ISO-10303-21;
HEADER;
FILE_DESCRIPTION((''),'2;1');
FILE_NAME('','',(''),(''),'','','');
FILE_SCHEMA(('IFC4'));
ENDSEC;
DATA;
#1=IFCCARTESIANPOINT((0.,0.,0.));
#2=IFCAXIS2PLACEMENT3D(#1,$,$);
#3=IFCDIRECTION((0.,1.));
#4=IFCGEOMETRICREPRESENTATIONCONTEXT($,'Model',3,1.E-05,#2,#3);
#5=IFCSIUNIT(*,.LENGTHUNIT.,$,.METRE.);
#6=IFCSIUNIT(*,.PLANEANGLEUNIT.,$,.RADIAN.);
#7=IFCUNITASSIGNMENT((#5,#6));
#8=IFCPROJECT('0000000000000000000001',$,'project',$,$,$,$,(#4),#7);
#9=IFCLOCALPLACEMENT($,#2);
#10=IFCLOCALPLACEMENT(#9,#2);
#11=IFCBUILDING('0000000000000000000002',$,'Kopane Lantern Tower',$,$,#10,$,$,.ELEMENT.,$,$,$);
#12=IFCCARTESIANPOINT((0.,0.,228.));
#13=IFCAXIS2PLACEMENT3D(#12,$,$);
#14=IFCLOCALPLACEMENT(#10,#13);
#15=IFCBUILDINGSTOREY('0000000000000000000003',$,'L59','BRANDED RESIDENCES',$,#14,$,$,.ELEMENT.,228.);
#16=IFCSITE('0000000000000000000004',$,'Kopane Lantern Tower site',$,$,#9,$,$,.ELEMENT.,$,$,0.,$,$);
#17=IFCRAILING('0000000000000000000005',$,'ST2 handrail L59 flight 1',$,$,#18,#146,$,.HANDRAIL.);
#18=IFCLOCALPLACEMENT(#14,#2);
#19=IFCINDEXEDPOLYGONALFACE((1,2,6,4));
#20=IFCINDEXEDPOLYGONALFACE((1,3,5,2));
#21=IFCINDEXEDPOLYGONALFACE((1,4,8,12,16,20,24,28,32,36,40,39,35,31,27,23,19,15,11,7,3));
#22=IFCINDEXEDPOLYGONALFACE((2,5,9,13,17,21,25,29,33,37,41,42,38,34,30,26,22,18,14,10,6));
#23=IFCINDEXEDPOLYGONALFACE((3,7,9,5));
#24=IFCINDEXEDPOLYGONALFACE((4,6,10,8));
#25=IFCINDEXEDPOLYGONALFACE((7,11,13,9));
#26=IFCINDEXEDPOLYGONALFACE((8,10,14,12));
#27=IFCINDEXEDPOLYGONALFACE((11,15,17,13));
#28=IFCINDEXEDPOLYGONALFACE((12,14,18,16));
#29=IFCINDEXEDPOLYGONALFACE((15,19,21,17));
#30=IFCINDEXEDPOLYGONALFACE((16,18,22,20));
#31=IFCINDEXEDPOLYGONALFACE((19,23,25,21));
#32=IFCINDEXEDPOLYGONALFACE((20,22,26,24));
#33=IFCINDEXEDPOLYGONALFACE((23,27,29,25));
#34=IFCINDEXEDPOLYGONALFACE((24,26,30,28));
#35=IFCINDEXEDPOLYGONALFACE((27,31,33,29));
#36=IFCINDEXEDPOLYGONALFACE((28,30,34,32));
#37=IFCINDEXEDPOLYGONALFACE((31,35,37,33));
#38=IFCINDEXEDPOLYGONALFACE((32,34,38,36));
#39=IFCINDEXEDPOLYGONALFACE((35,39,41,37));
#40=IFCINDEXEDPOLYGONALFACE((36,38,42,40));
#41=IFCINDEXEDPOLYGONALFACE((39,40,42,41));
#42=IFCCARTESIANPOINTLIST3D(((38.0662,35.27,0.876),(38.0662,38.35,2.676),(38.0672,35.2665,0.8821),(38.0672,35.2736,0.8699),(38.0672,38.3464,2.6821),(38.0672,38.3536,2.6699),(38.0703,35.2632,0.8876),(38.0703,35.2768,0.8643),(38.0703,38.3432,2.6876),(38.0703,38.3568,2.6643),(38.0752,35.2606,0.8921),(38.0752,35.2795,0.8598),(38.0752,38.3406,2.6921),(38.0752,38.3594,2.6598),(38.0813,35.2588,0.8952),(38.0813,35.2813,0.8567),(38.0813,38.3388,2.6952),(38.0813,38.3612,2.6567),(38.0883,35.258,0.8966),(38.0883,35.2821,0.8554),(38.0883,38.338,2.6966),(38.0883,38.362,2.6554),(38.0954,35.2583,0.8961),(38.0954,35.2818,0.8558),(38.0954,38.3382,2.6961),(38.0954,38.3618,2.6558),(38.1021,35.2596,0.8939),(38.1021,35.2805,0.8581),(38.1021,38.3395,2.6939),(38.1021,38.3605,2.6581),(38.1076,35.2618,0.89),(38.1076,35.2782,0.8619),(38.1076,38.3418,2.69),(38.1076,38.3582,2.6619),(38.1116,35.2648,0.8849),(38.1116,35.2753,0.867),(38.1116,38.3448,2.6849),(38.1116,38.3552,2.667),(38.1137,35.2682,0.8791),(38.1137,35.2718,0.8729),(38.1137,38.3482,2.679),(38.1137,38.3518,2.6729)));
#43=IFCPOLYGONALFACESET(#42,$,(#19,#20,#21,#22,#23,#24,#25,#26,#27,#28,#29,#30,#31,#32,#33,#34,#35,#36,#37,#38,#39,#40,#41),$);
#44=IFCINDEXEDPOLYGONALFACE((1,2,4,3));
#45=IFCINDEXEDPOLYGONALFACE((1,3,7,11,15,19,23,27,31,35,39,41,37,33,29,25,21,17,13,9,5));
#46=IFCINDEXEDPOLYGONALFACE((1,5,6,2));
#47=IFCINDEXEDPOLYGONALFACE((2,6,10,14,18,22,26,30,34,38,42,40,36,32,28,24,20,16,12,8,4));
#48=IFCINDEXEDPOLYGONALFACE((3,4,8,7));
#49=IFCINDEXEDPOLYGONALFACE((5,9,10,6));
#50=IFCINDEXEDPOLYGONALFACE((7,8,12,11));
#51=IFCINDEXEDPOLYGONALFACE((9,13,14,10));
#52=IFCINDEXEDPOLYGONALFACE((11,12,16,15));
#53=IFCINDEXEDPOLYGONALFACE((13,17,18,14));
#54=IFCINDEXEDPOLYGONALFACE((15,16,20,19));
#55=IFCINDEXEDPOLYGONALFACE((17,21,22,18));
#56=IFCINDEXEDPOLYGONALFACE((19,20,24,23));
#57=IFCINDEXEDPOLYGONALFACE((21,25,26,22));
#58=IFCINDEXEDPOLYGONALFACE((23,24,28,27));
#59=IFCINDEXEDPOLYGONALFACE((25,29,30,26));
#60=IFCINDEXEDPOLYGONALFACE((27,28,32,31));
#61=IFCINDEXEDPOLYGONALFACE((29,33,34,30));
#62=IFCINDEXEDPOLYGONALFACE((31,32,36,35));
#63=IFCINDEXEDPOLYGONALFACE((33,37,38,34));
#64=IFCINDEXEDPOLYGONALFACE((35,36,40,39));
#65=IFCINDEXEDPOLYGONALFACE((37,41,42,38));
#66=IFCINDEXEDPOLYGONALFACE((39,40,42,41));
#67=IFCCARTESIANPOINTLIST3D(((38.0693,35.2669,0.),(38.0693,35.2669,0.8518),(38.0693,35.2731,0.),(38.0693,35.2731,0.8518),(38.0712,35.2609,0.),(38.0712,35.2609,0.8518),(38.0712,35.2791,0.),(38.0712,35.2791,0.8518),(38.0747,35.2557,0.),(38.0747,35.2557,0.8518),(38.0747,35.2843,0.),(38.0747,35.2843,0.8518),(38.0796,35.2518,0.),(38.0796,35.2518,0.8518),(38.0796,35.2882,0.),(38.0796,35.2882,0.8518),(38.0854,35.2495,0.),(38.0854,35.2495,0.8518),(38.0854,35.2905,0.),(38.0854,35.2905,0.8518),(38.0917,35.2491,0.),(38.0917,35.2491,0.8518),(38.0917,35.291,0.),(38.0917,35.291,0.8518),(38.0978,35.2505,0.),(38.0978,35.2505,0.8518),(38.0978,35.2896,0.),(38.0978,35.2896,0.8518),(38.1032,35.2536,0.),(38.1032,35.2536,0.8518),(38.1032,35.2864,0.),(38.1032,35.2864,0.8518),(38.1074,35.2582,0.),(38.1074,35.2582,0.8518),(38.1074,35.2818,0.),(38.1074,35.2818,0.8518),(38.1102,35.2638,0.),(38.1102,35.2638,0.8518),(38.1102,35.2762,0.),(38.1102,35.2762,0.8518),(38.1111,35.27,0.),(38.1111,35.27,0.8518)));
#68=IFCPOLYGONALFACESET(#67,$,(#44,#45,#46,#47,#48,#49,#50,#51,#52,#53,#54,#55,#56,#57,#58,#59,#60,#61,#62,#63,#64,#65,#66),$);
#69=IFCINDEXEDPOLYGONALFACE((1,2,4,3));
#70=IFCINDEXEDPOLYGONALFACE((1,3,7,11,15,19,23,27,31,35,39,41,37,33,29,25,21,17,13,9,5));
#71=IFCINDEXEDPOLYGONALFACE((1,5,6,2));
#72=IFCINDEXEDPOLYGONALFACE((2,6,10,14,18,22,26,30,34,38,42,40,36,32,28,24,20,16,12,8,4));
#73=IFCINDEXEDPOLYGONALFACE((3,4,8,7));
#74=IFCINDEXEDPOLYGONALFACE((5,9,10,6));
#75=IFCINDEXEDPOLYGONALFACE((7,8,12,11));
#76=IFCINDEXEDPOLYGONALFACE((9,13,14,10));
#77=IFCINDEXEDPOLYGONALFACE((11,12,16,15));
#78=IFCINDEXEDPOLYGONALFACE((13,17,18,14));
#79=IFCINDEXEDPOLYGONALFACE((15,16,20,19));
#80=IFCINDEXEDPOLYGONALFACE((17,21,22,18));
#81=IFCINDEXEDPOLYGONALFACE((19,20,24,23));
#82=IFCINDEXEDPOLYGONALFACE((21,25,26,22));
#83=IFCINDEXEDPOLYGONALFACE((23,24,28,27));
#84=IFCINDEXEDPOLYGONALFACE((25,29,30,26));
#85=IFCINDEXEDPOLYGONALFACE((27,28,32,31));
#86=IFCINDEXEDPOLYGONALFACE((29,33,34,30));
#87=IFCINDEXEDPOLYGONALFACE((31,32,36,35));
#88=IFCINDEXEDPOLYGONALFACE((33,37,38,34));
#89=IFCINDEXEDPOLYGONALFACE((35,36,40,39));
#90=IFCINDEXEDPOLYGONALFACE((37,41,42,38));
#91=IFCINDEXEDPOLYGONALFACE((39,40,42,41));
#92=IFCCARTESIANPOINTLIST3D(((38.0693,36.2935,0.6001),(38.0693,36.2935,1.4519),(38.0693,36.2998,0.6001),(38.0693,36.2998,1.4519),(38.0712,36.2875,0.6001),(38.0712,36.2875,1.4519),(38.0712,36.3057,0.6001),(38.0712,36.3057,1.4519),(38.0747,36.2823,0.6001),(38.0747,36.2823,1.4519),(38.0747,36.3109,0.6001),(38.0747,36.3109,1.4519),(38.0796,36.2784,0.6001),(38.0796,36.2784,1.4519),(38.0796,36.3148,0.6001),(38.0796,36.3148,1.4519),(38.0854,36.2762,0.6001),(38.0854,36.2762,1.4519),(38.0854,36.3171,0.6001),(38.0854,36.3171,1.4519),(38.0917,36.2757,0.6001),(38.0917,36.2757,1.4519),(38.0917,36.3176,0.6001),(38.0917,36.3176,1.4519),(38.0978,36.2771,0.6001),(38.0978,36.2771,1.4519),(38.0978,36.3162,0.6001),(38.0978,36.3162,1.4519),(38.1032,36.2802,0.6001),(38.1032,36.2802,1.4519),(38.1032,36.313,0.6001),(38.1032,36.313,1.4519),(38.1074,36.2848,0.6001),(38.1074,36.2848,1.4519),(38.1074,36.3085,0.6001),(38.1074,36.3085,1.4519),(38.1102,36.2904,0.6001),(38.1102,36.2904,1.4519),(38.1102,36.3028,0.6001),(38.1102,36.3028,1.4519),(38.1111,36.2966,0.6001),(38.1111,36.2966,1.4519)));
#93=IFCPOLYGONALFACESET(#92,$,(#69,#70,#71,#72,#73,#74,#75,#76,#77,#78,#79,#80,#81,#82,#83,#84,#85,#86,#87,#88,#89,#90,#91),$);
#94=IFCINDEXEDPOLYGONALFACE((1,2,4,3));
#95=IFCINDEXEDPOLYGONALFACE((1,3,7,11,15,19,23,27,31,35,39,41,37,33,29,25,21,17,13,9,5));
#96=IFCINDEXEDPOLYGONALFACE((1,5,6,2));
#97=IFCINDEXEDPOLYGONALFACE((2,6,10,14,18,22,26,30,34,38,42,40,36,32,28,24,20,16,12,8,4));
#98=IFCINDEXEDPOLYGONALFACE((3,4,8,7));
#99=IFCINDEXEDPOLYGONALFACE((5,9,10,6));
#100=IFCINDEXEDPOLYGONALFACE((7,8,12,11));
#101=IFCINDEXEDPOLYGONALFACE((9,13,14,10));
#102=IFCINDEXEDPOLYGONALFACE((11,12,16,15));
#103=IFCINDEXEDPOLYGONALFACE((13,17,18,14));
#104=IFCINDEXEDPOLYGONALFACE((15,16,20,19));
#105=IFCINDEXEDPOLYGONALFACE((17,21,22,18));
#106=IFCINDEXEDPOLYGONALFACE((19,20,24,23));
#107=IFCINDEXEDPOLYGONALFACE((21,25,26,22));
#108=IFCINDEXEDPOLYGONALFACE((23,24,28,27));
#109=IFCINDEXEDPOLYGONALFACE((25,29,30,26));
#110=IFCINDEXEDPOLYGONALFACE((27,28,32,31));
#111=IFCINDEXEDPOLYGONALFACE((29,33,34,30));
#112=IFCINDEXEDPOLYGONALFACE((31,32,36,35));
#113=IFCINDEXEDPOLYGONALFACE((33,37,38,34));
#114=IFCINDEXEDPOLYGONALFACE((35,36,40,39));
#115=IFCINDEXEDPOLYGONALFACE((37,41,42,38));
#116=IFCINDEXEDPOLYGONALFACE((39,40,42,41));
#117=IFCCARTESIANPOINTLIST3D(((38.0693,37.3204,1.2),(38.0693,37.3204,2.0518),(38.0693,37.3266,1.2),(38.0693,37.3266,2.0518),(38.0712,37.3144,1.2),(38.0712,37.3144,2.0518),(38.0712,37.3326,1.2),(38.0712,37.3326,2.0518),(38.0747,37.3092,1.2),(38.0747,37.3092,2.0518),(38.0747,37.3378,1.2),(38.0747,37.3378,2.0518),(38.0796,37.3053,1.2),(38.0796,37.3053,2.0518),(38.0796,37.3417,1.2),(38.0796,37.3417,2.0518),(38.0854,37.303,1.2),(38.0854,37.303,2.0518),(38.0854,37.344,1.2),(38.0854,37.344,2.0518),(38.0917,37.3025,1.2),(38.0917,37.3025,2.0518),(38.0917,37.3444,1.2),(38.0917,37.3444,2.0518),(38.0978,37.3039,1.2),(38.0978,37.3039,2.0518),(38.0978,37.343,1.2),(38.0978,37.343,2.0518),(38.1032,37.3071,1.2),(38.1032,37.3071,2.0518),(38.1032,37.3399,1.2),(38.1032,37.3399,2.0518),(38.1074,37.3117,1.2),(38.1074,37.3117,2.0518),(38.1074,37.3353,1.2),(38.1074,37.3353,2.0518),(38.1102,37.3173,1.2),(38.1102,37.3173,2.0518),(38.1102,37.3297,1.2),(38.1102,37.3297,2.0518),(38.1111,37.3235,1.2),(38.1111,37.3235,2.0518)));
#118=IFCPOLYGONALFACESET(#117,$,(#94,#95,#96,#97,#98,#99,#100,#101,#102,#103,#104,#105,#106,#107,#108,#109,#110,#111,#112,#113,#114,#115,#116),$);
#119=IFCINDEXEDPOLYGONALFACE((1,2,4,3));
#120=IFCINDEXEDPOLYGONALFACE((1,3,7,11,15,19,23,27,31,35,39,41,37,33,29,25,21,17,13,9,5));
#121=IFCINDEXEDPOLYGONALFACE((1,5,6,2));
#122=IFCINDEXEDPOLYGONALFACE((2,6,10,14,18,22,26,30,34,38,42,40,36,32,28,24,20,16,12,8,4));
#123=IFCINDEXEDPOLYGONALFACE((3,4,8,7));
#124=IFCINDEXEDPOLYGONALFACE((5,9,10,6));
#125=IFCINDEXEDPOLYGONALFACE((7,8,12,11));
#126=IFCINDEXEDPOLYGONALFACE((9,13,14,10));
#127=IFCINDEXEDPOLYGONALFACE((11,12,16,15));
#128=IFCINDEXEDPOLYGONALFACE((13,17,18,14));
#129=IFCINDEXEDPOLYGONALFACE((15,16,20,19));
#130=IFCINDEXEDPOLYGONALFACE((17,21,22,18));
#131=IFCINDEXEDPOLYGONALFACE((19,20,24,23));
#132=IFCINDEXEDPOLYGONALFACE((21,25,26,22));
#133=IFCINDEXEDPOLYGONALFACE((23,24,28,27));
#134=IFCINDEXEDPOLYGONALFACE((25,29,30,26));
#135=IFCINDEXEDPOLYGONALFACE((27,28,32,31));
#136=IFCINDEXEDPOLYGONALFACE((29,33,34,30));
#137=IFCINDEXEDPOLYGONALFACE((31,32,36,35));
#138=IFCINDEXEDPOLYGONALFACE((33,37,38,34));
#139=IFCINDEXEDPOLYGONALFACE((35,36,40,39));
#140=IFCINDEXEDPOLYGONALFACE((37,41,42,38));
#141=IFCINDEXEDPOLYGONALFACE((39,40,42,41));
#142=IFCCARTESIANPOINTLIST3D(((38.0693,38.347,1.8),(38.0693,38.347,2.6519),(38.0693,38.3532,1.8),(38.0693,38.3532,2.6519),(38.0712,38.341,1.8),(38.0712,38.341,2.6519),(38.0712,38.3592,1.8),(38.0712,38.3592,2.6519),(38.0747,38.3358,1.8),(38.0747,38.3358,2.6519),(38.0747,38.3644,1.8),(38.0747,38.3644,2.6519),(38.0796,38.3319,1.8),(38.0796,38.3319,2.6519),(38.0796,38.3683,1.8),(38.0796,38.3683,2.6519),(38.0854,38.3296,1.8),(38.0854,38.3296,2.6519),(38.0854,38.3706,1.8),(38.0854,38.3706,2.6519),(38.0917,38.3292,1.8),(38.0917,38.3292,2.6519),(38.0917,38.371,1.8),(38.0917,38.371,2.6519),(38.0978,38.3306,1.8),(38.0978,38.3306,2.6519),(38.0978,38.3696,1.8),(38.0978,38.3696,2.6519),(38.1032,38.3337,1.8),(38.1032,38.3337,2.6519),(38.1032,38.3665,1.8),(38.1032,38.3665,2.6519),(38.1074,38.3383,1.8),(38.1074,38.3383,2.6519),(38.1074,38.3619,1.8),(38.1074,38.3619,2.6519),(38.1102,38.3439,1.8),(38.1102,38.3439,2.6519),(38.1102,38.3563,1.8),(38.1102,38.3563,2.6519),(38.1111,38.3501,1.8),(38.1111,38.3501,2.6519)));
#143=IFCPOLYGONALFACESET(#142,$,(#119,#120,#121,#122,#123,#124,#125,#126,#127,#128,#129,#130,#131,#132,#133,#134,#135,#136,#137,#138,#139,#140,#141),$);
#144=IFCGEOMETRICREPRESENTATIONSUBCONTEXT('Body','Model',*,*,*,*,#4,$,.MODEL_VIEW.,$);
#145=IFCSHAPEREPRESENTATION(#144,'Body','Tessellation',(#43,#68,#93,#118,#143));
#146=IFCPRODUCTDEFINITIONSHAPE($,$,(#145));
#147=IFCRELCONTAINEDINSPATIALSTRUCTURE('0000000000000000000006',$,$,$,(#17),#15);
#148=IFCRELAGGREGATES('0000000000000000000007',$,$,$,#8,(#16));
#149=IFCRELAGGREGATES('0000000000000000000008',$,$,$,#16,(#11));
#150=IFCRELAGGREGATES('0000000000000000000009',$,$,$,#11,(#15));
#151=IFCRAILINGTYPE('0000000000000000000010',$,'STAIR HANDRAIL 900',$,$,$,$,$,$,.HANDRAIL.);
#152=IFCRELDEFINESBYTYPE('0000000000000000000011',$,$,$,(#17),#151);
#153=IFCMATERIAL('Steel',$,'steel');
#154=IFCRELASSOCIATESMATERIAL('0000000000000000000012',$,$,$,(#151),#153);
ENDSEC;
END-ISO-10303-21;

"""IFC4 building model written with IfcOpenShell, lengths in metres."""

from ifc_helpers import new_model, si_unit, direction, frame, origin, origin_2d, place, context, subcontext, project, spatial, circle, extrude, material, type_object, element, save


model = new_model("IFC4")

# Units and contexts
model_context = context("Model", 3, precision=1e-05, world=origin(), true_north=direction((0.0, 1.0)))
body_context = subcontext(model_context, "Body", "Model", "MODEL_VIEW")
ifc_project = project(units=[si_unit("LENGTHUNIT", "METRE"), si_unit("PLANEANGLEUNIT", "RADIAN")], contexts=[model_context])

# Site, building, storey
site_placement = place(None, origin())
site = spatial("IfcSite", under=ifc_project, at=site_placement, Name="Kopane Lantern Tower site", CompositionType="ELEMENT", RefElevation=0.0)
building_placement = place(site_placement, origin())
building = spatial("IfcBuilding", under=site, at=building_placement, Name="Kopane Lantern Tower", CompositionType="ELEMENT")
storey_placement = place(building_placement, frame((0.0, 0.0, 228.0)))
storey = spatial("IfcBuildingStorey", under=building, at=storey_placement, Name="L59", Description="BRANDED RESIDENCES", CompositionType="ELEMENT", Elevation=228.0)

# Railing
ifc_material_1 = material(Name="Steel", Category="steel")
railing_type_1 = type_object("IfcRailingType", Name="STAIR HANDRAIL 900", PredefinedType="HANDRAIL", material=ifc_material_1)
for number, where, name in (
    (1, (38.0901, 35.27, 0.0), "ST2 handrail L59 flight 1"),
):
    element("IfcRailing", number, at=place(storey_placement, frame(where)), inside=storey, type_object=railing_type_1, Name=name, PredefinedType="HANDRAIL", context=body_context, shape_type="SweptSolid", body=[
        extrude(circle(Radius=0.0239, at=origin_2d()), frame((0.0, 0.0, 0.876), z_axis=(0.0, 0.863372, 0.504569), x_axis=(-1.0, 0.0, 0.0)), (0.0, 0.0, 1.0), 3.5674),
        extrude(circle(Radius=0.021, at=origin_2d()), origin(), (0.0, 0.0, 1.0), 0.8518),
        extrude(circle(Radius=0.021, at=origin_2d()), frame((0.0, 1.0266, 0.6001)), (0.0, 0.0, 1.0), 0.8518),
        extrude(circle(Radius=0.021, at=origin_2d()), frame((0.0, 2.0535, 1.2)), (0.0, 0.0, 1.0), 0.8518),
        extrude(circle(Radius=0.021, at=origin_2d()), frame((0.0, 3.0801, 1.8)), (0.0, 0.0, 1.0), 0.8518),
    ])

save(model, "model.ifc")
